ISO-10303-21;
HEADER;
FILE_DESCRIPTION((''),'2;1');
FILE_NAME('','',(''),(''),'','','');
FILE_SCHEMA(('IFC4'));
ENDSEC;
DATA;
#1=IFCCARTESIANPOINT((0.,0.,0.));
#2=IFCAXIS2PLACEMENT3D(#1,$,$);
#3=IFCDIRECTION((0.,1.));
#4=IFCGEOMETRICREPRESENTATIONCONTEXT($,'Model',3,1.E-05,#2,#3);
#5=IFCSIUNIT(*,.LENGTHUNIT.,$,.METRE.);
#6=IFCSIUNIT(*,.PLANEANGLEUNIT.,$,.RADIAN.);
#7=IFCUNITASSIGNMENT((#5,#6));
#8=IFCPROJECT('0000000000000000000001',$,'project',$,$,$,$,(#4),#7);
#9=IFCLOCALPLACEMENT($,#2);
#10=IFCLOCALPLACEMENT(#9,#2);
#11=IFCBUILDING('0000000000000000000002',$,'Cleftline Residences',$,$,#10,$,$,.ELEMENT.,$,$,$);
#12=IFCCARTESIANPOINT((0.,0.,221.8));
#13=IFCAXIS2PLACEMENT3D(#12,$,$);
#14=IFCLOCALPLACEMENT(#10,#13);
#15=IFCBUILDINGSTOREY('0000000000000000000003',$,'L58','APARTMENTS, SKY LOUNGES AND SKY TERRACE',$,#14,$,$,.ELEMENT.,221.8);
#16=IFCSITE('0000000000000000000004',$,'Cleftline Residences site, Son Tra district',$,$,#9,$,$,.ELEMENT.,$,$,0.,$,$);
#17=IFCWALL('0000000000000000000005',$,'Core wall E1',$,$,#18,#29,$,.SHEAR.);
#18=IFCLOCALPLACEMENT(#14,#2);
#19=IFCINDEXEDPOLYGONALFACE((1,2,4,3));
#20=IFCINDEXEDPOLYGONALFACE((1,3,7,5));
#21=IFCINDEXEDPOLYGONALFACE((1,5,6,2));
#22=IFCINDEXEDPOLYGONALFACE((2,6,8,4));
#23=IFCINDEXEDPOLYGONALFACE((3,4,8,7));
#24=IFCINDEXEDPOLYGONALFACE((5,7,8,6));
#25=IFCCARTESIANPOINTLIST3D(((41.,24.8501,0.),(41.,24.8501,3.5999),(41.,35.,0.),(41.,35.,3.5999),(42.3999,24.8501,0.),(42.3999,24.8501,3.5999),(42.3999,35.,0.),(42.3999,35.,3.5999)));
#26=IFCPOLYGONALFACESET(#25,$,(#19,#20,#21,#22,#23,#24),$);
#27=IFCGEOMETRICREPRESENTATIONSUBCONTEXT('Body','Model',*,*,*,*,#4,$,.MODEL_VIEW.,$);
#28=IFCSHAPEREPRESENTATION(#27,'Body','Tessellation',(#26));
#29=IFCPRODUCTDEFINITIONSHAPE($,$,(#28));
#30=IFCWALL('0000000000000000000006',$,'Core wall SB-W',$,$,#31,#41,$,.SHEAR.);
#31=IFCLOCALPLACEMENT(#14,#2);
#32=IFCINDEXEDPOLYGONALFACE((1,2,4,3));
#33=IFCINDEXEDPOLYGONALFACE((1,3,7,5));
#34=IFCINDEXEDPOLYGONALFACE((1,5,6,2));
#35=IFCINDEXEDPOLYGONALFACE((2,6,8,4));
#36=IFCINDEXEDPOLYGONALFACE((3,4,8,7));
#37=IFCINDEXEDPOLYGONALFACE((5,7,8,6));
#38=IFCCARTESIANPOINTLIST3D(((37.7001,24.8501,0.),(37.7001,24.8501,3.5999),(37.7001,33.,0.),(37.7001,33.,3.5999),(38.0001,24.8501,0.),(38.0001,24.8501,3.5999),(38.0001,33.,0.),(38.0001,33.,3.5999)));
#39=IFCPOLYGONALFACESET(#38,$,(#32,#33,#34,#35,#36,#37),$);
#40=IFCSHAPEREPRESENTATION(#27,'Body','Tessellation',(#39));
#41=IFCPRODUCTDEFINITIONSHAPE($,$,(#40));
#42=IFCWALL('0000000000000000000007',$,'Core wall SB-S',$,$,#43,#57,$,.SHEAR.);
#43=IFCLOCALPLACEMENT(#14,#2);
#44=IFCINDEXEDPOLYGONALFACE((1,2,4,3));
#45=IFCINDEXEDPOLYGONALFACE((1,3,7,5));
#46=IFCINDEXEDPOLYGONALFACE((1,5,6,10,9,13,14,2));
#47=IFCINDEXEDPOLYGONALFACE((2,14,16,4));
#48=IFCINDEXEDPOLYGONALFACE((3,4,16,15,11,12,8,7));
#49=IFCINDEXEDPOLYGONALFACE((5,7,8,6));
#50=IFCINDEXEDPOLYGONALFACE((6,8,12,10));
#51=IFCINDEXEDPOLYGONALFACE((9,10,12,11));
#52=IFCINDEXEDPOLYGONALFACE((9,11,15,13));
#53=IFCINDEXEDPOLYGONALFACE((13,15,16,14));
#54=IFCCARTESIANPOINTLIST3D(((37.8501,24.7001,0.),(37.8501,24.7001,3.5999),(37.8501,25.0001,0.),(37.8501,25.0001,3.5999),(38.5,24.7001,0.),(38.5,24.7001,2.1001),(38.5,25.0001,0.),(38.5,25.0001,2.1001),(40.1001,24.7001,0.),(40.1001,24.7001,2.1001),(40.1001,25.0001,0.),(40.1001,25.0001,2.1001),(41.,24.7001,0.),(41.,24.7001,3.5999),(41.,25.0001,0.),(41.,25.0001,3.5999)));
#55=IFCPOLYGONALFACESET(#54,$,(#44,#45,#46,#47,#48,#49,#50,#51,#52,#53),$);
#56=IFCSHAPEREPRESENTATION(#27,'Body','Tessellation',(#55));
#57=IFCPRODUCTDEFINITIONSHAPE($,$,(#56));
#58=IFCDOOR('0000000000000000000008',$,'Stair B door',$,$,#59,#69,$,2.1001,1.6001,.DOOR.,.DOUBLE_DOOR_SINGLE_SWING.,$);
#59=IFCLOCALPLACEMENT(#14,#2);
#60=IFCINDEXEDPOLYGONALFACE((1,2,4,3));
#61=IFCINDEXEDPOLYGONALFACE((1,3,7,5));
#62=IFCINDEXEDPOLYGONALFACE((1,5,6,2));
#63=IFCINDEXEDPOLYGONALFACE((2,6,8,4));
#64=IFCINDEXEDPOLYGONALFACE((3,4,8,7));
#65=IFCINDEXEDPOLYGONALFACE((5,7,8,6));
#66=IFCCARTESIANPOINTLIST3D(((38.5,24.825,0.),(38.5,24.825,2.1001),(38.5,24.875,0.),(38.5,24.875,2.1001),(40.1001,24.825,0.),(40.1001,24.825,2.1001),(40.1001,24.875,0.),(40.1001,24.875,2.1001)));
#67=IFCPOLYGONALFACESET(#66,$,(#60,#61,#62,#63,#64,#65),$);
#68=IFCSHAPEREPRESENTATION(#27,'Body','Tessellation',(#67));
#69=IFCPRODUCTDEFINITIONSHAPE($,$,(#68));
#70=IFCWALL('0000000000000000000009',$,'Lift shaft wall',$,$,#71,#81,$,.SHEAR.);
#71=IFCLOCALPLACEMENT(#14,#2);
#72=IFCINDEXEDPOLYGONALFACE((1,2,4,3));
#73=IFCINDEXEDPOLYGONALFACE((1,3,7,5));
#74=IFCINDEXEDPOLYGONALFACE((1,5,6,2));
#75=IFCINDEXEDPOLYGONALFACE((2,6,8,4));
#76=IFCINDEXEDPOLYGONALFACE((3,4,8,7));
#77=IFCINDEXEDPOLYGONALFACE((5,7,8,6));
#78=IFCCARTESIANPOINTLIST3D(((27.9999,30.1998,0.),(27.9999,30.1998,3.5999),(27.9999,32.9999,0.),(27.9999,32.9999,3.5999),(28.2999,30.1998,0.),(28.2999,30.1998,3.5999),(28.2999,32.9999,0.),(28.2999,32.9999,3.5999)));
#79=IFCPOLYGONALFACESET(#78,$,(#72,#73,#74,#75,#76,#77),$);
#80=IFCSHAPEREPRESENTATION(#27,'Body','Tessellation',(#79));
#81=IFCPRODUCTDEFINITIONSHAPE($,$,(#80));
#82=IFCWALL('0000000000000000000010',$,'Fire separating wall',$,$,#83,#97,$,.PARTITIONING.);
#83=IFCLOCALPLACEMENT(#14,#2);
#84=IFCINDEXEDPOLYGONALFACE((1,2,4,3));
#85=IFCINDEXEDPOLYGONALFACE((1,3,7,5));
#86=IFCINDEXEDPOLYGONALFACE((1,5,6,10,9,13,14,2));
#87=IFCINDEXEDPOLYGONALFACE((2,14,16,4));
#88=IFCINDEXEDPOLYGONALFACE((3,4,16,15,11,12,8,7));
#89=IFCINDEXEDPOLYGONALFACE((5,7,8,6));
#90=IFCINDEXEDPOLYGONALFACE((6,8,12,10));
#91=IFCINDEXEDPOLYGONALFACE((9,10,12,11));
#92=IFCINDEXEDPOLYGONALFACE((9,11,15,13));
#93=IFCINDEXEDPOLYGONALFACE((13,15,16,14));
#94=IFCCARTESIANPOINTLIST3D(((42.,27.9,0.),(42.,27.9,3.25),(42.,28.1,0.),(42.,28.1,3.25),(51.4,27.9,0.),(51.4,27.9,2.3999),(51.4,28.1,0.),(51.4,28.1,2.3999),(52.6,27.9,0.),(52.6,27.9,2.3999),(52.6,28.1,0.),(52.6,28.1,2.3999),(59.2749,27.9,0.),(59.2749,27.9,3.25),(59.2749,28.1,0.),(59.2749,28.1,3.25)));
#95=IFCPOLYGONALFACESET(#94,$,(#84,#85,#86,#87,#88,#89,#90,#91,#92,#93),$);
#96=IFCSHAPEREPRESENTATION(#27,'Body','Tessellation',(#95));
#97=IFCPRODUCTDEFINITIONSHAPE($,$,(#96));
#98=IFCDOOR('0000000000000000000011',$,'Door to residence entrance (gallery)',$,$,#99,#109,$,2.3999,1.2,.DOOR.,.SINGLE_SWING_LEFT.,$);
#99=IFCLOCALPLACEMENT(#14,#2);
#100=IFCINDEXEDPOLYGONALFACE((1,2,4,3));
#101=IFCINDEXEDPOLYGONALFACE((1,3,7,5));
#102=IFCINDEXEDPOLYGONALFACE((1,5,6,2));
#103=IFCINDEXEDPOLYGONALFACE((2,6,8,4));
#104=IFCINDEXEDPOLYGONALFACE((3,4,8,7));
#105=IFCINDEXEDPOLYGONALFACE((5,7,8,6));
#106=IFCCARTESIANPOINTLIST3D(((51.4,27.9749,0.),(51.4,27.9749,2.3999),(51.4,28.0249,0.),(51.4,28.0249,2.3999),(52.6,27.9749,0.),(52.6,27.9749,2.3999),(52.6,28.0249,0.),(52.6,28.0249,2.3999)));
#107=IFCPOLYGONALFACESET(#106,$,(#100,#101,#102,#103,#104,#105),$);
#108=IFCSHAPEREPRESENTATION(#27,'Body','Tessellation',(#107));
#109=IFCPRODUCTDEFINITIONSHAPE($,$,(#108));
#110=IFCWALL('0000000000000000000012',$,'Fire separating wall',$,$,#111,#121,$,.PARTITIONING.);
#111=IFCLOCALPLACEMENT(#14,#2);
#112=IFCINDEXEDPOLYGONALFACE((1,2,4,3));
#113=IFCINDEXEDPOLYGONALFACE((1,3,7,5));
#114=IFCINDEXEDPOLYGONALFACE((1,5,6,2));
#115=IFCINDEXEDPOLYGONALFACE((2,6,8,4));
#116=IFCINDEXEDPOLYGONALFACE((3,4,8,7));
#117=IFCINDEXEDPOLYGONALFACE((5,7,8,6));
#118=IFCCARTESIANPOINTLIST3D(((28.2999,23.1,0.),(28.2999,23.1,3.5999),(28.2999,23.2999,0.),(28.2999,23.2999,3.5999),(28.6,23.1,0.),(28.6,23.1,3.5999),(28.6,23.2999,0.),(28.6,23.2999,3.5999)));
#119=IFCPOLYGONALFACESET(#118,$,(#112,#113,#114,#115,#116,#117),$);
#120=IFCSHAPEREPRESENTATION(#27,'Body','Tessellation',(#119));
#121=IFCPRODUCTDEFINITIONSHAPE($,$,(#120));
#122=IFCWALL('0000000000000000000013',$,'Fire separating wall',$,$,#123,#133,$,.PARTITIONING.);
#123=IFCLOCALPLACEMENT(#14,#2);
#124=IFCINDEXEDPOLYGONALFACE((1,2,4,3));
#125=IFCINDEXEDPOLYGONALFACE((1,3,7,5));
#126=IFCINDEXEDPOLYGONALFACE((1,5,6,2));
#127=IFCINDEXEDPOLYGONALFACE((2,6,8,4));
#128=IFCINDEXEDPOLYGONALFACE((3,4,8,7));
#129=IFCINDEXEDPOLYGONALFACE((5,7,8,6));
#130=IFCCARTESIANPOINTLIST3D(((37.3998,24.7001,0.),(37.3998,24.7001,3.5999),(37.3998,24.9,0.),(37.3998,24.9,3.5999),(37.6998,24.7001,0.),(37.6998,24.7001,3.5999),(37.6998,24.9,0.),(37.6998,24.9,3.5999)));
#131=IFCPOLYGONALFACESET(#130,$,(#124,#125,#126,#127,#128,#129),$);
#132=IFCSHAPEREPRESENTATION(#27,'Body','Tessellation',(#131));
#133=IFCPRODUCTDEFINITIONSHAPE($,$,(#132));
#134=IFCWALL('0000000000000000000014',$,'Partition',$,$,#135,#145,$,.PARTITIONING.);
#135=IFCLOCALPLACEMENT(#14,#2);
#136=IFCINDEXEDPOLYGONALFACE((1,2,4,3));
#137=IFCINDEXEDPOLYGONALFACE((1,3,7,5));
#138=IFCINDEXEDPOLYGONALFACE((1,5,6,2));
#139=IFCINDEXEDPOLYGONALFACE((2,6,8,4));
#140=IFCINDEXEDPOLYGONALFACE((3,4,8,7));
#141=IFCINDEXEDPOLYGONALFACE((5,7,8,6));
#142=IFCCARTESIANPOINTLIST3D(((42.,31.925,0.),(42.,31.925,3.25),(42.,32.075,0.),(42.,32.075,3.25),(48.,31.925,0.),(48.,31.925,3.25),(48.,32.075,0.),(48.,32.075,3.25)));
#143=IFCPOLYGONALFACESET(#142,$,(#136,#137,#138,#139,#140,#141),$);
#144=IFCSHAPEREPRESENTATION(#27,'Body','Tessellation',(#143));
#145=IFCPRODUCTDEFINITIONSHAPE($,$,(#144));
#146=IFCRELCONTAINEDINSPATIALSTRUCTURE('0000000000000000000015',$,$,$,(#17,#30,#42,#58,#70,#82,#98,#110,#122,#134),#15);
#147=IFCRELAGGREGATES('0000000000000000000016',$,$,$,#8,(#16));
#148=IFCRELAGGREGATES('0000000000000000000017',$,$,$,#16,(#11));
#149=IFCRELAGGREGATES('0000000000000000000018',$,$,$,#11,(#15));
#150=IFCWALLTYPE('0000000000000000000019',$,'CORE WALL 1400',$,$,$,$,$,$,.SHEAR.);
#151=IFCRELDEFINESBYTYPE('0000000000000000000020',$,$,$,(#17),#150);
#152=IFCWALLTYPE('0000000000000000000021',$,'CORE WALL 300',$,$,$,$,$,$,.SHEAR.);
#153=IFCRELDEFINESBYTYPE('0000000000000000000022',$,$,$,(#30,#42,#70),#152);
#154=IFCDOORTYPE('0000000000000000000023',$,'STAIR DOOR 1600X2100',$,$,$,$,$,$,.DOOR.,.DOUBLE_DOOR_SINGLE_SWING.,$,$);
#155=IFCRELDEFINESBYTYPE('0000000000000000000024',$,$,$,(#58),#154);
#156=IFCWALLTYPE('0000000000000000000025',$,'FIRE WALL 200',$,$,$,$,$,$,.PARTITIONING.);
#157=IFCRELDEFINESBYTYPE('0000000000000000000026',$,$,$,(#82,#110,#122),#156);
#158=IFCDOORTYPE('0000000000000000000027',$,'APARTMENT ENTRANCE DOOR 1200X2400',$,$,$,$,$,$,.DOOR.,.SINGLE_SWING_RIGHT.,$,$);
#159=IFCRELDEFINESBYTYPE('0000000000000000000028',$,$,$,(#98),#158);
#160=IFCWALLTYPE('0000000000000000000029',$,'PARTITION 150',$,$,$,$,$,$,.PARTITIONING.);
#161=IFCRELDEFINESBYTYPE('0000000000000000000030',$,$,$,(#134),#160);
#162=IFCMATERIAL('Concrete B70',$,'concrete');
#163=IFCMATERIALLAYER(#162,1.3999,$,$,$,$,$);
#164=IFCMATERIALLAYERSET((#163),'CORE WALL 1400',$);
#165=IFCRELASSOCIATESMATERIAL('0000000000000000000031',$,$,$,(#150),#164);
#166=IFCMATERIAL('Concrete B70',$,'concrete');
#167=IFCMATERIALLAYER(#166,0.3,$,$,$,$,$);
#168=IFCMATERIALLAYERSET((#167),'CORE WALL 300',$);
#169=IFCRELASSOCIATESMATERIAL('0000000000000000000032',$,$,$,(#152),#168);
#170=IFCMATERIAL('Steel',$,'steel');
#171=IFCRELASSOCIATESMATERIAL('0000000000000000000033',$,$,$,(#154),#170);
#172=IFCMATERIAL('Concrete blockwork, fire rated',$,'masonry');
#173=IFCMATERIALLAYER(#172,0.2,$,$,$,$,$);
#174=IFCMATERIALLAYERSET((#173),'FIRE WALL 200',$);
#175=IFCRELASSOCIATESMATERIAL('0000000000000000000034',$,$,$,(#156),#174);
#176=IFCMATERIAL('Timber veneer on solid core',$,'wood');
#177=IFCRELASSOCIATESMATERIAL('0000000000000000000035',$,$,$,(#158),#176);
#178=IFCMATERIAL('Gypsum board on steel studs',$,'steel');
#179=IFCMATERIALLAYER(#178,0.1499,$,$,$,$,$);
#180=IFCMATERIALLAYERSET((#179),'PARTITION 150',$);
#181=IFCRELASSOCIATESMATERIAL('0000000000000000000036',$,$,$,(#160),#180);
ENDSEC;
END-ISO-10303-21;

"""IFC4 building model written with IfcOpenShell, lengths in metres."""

from ifc_helpers import new_model, si_unit, direction, frame, frame_2d, origin, place, context, subcontext, project, spatial, rectangle, extrude, material, layer, layer_set, type_object, element, fill, save


model = new_model("IFC4")

# Units and contexts
model_context = context("Model", 3, precision=1e-05, world=origin(), true_north=direction((0.0, 1.0)))
body_context = subcontext(model_context, "Body", "Model", "MODEL_VIEW")
ifc_project = project(units=[si_unit("LENGTHUNIT", "METRE"), si_unit("PLANEANGLEUNIT", "RADIAN")], contexts=[model_context])

# Site, building, storey
site_placement = place(None, origin())
site = spatial("IfcSite", under=ifc_project, at=site_placement, Name="Cleftline Residences site, Son Tra district", CompositionType="ELEMENT", RefElevation=0.0)
building_placement = place(site_placement, origin())
building = spatial("IfcBuilding", under=site, at=building_placement, Name="Cleftline Residences", CompositionType="ELEMENT")
storey_placement = place(building_placement, frame((0.0, 0.0, 221.8)))
storey = spatial("IfcBuildingStorey", under=building, at=storey_placement, Name="L58", Description="APARTMENTS, SKY LOUNGES AND SKY TERRACE", CompositionType="ELEMENT", Elevation=221.8)

# Walls
ifc_material_1 = material(Name="Concrete B70", Category="concrete")
ifc_layer_1 = layer(ifc_material_1, 1.3999)
ifc_layer_set_1 = layer_set([ifc_layer_1], Name="CORE WALL 1400")
wall_type_1 = type_object("IfcWallType", Name="CORE WALL 1400", PredefinedType="SHEAR", material=ifc_layer_set_1)
wall_1_placement = place(storey_placement, frame((41.7, 24.8501, 0.0), z_axis=(0.0, 0.0, 1.0), x_axis=(0.0, 1.0, 0.0)))
element("IfcWall", 1, at=wall_1_placement, inside=storey, type_object=wall_type_1, Name="Core wall E1", PredefinedType="SHEAR", context=body_context, shape_type="SweptSolid", body=[
    extrude(rectangle(XDim=10.1499, YDim=1.3999, at=frame_2d((5.075, 0.0))), origin(), (0.0, 0.0, 1.0), 3.5999),
])
ifc_material_2 = material(Name="Concrete B70", Category="concrete")
ifc_layer_2 = layer(ifc_material_2, 0.3)
ifc_layer_set_2 = layer_set([ifc_layer_2], Name="CORE WALL 300")
wall_type_2 = type_object("IfcWallType", Name="CORE WALL 300", PredefinedType="SHEAR", material=ifc_layer_set_2)
wall_2_placement = place(storey_placement, frame((37.8501, 24.8501, 0.0), z_axis=(0.0, 0.0, 1.0), x_axis=(0.0, 1.0, 0.0)))
element("IfcWall", 2, at=wall_2_placement, inside=storey, type_object=wall_type_2, Name="Core wall SB-W", PredefinedType="SHEAR", context=body_context, shape_type="SweptSolid", body=[
    extrude(rectangle(XDim=8.1499, YDim=0.3, at=frame_2d((4.075, 0.0))), origin(), (0.0, 0.0, 1.0), 3.5999),
])

# Wall, opening, door
wall_3_placement = place(storey_placement, frame((37.8501, 24.8501, 0.0), z_axis=(0.0, 0.0, 1.0), x_axis=(1.0, 0.0, 0.0)))
wall_3 = element("IfcWall", 3, at=wall_3_placement, inside=storey, type_object=wall_type_2, Name="Core wall SB-S", PredefinedType="SHEAR", context=body_context, shape_type="SweptSolid", body=[
    extrude(rectangle(XDim=3.1499, YDim=0.3, at=frame_2d((1.575, 0.0))), origin(), (0.0, 0.0, 1.0), 3.5999),
])
opening_1_placement = place(wall_3_placement, frame((0.6499, 0.0, 0.0)))
opening_1 = element("IfcOpeningElement", 4, at=opening_1_placement, cuts=wall_3, PredefinedType="OPENING", context=body_context, shape_type="SweptSolid", body=[
    extrude(rectangle(XDim=1.6001, YDim=2.1001, at=frame_2d((0.8, 1.05))), frame((0.0, 0.1599, 0.0), z_axis=(0.0, -1.0, 0.0), x_axis=(1.0, 0.0, 0.0)), (0.0, 0.0, 1.0), 0.3201),
])
ifc_material_3 = material(Name="Steel", Category="steel")
door_type_1 = type_object("IfcDoorType", Name="STAIR DOOR 1600X2100", OperationType="DOUBLE_DOOR_SINGLE_SWING", PredefinedType="DOOR", material=ifc_material_3)
door_1_placement = place(opening_1_placement, origin())
door_1 = element("IfcDoor", 5, at=door_1_placement, inside=storey, type_object=door_type_1, Name="Stair B door", OperationType="DOUBLE_DOOR_SINGLE_SWING", OverallHeight=2.1001, OverallWidth=1.6001, PredefinedType="DOOR", context=body_context, shape_type="SweptSolid", body=[
    extrude(rectangle(XDim=1.6001, YDim=2.1001, at=frame_2d((0.8, 1.05))), frame((0.0, 0.0249, 0.0), z_axis=(0.0, -1.0, 0.0), x_axis=(1.0, 0.0, 0.0)), (0.0, 0.0, 1.0), 0.05),
])
fill(opening_1, door_1)

# Wall
wall_4_placement = place(storey_placement, frame((28.1499, 30.2, 0.0), z_axis=(0.0, 0.0, 1.0), x_axis=(0.0, 1.0, 0.0)))
element("IfcWall", 6, at=wall_4_placement, inside=storey, type_object=wall_type_2, Name="Lift shaft wall", PredefinedType="SHEAR", context=body_context, shape_type="SweptSolid", body=[
    extrude(rectangle(XDim=2.8, YDim=0.3, at=frame_2d((1.3999, 0.0))), origin(), (0.0, 0.0, 1.0), 3.5999),
])

# Wall, opening, door
ifc_material_4 = material(Name="Concrete blockwork, fire rated", Category="masonry")
ifc_layer_3 = layer(ifc_material_4, 0.2)
ifc_layer_set_3 = layer_set([ifc_layer_3], Name="FIRE WALL 200")
wall_type_3 = type_object("IfcWallType", Name="FIRE WALL 200", PredefinedType="PARTITIONING", material=ifc_layer_set_3)
wall_5_placement = place(storey_placement, frame((42.0, 28.0, 0.0), z_axis=(0.0, 0.0, 1.0), x_axis=(1.0, 0.0, 0.0)))
wall_5 = element("IfcWall", 7, at=wall_5_placement, inside=storey, type_object=wall_type_3, Name="Fire separating wall", PredefinedType="PARTITIONING", context=body_context, shape_type="SweptSolid", body=[
    extrude(rectangle(XDim=17.2749, YDim=0.2, at=frame_2d((8.6375, 0.0))), origin(), (0.0, 0.0, 1.0), 3.25),
])
opening_2_placement = place(wall_5_placement, frame((9.3999, 0.0, 0.0)))
opening_2 = element("IfcOpeningElement", 8, at=opening_2_placement, cuts=wall_5, PredefinedType="OPENING", context=body_context, shape_type="SweptSolid", body=[
    extrude(rectangle(XDim=1.2, YDim=2.3999, at=frame_2d((0.6001, 1.2))), frame((0.0, 0.1099, 0.0), z_axis=(0.0, -1.0, 0.0), x_axis=(1.0, 0.0, 0.0)), (0.0, 0.0, 1.0), 0.22),
])
ifc_material_5 = material(Name="Timber veneer on solid core", Category="wood")
door_type_2 = type_object("IfcDoorType", Name="APARTMENT ENTRANCE DOOR 1200X2400", OperationType="SINGLE_SWING_RIGHT", PredefinedType="DOOR", material=ifc_material_5)
door_2_placement = place(opening_2_placement, origin())
door_2 = element("IfcDoor", 9, at=door_2_placement, inside=storey, type_object=door_type_2, Name="Door to residence entrance (gallery)", OperationType="SINGLE_SWING_LEFT", OverallHeight=2.3999, OverallWidth=1.2, PredefinedType="DOOR", context=body_context, shape_type="SweptSolid", body=[
    extrude(rectangle(XDim=1.2, YDim=2.3999, at=frame_2d((0.6001, 1.2))), frame((0.0, 0.0249, 0.0), z_axis=(0.0, -1.0, 0.0), x_axis=(1.0, 0.0, 0.0)), (0.0, 0.0, 1.0), 0.05),
])
fill(opening_2, door_2)

# Walls
for number, where, z_axis, x_axis, name in (
    (10, (28.3, 23.2, 0.0), (0.0, 0.0, 1.0), (1.0, 0.0, 0.0), "Fire separating wall"),
    (11, (37.3999, 24.8, 0.0), (0.0, 0.0, 1.0), (1.0, 0.0, 0.0), "Fire separating wall"),
):
    element("IfcWall", number, at=place(storey_placement, frame(where, z_axis=z_axis, x_axis=x_axis)), inside=storey, type_object=wall_type_3, Name=name, PredefinedType="PARTITIONING", context=body_context, shape_type="SweptSolid", body=[
        extrude(rectangle(XDim=0.3, YDim=0.2, at=frame_2d((0.1499, 0.0))), origin(), (0.0, 0.0, 1.0), 3.5999),
    ])
ifc_material_6 = material(Name="Gypsum board on steel studs", Category="steel")
ifc_layer_4 = layer(ifc_material_6, 0.1499)
ifc_layer_set_4 = layer_set([ifc_layer_4], Name="PARTITION 150")
wall_type_4 = type_object("IfcWallType", Name="PARTITION 150", PredefinedType="PARTITIONING", material=ifc_layer_set_4)
wall_6_placement = place(storey_placement, frame((42.0, 32.0, 0.0), z_axis=(0.0, 0.0, 1.0), x_axis=(1.0, 0.0, 0.0)))
element("IfcWall", 12, at=wall_6_placement, inside=storey, type_object=wall_type_4, Name="Partition", PredefinedType="PARTITIONING", context=body_context, shape_type="SweptSolid", body=[
    extrude(rectangle(XDim=6.0, YDim=0.1499, at=frame_2d((3.0, 0.0))), origin(), (0.0, 0.0, 1.0), 3.25),
])

save(model, "model.ifc")
